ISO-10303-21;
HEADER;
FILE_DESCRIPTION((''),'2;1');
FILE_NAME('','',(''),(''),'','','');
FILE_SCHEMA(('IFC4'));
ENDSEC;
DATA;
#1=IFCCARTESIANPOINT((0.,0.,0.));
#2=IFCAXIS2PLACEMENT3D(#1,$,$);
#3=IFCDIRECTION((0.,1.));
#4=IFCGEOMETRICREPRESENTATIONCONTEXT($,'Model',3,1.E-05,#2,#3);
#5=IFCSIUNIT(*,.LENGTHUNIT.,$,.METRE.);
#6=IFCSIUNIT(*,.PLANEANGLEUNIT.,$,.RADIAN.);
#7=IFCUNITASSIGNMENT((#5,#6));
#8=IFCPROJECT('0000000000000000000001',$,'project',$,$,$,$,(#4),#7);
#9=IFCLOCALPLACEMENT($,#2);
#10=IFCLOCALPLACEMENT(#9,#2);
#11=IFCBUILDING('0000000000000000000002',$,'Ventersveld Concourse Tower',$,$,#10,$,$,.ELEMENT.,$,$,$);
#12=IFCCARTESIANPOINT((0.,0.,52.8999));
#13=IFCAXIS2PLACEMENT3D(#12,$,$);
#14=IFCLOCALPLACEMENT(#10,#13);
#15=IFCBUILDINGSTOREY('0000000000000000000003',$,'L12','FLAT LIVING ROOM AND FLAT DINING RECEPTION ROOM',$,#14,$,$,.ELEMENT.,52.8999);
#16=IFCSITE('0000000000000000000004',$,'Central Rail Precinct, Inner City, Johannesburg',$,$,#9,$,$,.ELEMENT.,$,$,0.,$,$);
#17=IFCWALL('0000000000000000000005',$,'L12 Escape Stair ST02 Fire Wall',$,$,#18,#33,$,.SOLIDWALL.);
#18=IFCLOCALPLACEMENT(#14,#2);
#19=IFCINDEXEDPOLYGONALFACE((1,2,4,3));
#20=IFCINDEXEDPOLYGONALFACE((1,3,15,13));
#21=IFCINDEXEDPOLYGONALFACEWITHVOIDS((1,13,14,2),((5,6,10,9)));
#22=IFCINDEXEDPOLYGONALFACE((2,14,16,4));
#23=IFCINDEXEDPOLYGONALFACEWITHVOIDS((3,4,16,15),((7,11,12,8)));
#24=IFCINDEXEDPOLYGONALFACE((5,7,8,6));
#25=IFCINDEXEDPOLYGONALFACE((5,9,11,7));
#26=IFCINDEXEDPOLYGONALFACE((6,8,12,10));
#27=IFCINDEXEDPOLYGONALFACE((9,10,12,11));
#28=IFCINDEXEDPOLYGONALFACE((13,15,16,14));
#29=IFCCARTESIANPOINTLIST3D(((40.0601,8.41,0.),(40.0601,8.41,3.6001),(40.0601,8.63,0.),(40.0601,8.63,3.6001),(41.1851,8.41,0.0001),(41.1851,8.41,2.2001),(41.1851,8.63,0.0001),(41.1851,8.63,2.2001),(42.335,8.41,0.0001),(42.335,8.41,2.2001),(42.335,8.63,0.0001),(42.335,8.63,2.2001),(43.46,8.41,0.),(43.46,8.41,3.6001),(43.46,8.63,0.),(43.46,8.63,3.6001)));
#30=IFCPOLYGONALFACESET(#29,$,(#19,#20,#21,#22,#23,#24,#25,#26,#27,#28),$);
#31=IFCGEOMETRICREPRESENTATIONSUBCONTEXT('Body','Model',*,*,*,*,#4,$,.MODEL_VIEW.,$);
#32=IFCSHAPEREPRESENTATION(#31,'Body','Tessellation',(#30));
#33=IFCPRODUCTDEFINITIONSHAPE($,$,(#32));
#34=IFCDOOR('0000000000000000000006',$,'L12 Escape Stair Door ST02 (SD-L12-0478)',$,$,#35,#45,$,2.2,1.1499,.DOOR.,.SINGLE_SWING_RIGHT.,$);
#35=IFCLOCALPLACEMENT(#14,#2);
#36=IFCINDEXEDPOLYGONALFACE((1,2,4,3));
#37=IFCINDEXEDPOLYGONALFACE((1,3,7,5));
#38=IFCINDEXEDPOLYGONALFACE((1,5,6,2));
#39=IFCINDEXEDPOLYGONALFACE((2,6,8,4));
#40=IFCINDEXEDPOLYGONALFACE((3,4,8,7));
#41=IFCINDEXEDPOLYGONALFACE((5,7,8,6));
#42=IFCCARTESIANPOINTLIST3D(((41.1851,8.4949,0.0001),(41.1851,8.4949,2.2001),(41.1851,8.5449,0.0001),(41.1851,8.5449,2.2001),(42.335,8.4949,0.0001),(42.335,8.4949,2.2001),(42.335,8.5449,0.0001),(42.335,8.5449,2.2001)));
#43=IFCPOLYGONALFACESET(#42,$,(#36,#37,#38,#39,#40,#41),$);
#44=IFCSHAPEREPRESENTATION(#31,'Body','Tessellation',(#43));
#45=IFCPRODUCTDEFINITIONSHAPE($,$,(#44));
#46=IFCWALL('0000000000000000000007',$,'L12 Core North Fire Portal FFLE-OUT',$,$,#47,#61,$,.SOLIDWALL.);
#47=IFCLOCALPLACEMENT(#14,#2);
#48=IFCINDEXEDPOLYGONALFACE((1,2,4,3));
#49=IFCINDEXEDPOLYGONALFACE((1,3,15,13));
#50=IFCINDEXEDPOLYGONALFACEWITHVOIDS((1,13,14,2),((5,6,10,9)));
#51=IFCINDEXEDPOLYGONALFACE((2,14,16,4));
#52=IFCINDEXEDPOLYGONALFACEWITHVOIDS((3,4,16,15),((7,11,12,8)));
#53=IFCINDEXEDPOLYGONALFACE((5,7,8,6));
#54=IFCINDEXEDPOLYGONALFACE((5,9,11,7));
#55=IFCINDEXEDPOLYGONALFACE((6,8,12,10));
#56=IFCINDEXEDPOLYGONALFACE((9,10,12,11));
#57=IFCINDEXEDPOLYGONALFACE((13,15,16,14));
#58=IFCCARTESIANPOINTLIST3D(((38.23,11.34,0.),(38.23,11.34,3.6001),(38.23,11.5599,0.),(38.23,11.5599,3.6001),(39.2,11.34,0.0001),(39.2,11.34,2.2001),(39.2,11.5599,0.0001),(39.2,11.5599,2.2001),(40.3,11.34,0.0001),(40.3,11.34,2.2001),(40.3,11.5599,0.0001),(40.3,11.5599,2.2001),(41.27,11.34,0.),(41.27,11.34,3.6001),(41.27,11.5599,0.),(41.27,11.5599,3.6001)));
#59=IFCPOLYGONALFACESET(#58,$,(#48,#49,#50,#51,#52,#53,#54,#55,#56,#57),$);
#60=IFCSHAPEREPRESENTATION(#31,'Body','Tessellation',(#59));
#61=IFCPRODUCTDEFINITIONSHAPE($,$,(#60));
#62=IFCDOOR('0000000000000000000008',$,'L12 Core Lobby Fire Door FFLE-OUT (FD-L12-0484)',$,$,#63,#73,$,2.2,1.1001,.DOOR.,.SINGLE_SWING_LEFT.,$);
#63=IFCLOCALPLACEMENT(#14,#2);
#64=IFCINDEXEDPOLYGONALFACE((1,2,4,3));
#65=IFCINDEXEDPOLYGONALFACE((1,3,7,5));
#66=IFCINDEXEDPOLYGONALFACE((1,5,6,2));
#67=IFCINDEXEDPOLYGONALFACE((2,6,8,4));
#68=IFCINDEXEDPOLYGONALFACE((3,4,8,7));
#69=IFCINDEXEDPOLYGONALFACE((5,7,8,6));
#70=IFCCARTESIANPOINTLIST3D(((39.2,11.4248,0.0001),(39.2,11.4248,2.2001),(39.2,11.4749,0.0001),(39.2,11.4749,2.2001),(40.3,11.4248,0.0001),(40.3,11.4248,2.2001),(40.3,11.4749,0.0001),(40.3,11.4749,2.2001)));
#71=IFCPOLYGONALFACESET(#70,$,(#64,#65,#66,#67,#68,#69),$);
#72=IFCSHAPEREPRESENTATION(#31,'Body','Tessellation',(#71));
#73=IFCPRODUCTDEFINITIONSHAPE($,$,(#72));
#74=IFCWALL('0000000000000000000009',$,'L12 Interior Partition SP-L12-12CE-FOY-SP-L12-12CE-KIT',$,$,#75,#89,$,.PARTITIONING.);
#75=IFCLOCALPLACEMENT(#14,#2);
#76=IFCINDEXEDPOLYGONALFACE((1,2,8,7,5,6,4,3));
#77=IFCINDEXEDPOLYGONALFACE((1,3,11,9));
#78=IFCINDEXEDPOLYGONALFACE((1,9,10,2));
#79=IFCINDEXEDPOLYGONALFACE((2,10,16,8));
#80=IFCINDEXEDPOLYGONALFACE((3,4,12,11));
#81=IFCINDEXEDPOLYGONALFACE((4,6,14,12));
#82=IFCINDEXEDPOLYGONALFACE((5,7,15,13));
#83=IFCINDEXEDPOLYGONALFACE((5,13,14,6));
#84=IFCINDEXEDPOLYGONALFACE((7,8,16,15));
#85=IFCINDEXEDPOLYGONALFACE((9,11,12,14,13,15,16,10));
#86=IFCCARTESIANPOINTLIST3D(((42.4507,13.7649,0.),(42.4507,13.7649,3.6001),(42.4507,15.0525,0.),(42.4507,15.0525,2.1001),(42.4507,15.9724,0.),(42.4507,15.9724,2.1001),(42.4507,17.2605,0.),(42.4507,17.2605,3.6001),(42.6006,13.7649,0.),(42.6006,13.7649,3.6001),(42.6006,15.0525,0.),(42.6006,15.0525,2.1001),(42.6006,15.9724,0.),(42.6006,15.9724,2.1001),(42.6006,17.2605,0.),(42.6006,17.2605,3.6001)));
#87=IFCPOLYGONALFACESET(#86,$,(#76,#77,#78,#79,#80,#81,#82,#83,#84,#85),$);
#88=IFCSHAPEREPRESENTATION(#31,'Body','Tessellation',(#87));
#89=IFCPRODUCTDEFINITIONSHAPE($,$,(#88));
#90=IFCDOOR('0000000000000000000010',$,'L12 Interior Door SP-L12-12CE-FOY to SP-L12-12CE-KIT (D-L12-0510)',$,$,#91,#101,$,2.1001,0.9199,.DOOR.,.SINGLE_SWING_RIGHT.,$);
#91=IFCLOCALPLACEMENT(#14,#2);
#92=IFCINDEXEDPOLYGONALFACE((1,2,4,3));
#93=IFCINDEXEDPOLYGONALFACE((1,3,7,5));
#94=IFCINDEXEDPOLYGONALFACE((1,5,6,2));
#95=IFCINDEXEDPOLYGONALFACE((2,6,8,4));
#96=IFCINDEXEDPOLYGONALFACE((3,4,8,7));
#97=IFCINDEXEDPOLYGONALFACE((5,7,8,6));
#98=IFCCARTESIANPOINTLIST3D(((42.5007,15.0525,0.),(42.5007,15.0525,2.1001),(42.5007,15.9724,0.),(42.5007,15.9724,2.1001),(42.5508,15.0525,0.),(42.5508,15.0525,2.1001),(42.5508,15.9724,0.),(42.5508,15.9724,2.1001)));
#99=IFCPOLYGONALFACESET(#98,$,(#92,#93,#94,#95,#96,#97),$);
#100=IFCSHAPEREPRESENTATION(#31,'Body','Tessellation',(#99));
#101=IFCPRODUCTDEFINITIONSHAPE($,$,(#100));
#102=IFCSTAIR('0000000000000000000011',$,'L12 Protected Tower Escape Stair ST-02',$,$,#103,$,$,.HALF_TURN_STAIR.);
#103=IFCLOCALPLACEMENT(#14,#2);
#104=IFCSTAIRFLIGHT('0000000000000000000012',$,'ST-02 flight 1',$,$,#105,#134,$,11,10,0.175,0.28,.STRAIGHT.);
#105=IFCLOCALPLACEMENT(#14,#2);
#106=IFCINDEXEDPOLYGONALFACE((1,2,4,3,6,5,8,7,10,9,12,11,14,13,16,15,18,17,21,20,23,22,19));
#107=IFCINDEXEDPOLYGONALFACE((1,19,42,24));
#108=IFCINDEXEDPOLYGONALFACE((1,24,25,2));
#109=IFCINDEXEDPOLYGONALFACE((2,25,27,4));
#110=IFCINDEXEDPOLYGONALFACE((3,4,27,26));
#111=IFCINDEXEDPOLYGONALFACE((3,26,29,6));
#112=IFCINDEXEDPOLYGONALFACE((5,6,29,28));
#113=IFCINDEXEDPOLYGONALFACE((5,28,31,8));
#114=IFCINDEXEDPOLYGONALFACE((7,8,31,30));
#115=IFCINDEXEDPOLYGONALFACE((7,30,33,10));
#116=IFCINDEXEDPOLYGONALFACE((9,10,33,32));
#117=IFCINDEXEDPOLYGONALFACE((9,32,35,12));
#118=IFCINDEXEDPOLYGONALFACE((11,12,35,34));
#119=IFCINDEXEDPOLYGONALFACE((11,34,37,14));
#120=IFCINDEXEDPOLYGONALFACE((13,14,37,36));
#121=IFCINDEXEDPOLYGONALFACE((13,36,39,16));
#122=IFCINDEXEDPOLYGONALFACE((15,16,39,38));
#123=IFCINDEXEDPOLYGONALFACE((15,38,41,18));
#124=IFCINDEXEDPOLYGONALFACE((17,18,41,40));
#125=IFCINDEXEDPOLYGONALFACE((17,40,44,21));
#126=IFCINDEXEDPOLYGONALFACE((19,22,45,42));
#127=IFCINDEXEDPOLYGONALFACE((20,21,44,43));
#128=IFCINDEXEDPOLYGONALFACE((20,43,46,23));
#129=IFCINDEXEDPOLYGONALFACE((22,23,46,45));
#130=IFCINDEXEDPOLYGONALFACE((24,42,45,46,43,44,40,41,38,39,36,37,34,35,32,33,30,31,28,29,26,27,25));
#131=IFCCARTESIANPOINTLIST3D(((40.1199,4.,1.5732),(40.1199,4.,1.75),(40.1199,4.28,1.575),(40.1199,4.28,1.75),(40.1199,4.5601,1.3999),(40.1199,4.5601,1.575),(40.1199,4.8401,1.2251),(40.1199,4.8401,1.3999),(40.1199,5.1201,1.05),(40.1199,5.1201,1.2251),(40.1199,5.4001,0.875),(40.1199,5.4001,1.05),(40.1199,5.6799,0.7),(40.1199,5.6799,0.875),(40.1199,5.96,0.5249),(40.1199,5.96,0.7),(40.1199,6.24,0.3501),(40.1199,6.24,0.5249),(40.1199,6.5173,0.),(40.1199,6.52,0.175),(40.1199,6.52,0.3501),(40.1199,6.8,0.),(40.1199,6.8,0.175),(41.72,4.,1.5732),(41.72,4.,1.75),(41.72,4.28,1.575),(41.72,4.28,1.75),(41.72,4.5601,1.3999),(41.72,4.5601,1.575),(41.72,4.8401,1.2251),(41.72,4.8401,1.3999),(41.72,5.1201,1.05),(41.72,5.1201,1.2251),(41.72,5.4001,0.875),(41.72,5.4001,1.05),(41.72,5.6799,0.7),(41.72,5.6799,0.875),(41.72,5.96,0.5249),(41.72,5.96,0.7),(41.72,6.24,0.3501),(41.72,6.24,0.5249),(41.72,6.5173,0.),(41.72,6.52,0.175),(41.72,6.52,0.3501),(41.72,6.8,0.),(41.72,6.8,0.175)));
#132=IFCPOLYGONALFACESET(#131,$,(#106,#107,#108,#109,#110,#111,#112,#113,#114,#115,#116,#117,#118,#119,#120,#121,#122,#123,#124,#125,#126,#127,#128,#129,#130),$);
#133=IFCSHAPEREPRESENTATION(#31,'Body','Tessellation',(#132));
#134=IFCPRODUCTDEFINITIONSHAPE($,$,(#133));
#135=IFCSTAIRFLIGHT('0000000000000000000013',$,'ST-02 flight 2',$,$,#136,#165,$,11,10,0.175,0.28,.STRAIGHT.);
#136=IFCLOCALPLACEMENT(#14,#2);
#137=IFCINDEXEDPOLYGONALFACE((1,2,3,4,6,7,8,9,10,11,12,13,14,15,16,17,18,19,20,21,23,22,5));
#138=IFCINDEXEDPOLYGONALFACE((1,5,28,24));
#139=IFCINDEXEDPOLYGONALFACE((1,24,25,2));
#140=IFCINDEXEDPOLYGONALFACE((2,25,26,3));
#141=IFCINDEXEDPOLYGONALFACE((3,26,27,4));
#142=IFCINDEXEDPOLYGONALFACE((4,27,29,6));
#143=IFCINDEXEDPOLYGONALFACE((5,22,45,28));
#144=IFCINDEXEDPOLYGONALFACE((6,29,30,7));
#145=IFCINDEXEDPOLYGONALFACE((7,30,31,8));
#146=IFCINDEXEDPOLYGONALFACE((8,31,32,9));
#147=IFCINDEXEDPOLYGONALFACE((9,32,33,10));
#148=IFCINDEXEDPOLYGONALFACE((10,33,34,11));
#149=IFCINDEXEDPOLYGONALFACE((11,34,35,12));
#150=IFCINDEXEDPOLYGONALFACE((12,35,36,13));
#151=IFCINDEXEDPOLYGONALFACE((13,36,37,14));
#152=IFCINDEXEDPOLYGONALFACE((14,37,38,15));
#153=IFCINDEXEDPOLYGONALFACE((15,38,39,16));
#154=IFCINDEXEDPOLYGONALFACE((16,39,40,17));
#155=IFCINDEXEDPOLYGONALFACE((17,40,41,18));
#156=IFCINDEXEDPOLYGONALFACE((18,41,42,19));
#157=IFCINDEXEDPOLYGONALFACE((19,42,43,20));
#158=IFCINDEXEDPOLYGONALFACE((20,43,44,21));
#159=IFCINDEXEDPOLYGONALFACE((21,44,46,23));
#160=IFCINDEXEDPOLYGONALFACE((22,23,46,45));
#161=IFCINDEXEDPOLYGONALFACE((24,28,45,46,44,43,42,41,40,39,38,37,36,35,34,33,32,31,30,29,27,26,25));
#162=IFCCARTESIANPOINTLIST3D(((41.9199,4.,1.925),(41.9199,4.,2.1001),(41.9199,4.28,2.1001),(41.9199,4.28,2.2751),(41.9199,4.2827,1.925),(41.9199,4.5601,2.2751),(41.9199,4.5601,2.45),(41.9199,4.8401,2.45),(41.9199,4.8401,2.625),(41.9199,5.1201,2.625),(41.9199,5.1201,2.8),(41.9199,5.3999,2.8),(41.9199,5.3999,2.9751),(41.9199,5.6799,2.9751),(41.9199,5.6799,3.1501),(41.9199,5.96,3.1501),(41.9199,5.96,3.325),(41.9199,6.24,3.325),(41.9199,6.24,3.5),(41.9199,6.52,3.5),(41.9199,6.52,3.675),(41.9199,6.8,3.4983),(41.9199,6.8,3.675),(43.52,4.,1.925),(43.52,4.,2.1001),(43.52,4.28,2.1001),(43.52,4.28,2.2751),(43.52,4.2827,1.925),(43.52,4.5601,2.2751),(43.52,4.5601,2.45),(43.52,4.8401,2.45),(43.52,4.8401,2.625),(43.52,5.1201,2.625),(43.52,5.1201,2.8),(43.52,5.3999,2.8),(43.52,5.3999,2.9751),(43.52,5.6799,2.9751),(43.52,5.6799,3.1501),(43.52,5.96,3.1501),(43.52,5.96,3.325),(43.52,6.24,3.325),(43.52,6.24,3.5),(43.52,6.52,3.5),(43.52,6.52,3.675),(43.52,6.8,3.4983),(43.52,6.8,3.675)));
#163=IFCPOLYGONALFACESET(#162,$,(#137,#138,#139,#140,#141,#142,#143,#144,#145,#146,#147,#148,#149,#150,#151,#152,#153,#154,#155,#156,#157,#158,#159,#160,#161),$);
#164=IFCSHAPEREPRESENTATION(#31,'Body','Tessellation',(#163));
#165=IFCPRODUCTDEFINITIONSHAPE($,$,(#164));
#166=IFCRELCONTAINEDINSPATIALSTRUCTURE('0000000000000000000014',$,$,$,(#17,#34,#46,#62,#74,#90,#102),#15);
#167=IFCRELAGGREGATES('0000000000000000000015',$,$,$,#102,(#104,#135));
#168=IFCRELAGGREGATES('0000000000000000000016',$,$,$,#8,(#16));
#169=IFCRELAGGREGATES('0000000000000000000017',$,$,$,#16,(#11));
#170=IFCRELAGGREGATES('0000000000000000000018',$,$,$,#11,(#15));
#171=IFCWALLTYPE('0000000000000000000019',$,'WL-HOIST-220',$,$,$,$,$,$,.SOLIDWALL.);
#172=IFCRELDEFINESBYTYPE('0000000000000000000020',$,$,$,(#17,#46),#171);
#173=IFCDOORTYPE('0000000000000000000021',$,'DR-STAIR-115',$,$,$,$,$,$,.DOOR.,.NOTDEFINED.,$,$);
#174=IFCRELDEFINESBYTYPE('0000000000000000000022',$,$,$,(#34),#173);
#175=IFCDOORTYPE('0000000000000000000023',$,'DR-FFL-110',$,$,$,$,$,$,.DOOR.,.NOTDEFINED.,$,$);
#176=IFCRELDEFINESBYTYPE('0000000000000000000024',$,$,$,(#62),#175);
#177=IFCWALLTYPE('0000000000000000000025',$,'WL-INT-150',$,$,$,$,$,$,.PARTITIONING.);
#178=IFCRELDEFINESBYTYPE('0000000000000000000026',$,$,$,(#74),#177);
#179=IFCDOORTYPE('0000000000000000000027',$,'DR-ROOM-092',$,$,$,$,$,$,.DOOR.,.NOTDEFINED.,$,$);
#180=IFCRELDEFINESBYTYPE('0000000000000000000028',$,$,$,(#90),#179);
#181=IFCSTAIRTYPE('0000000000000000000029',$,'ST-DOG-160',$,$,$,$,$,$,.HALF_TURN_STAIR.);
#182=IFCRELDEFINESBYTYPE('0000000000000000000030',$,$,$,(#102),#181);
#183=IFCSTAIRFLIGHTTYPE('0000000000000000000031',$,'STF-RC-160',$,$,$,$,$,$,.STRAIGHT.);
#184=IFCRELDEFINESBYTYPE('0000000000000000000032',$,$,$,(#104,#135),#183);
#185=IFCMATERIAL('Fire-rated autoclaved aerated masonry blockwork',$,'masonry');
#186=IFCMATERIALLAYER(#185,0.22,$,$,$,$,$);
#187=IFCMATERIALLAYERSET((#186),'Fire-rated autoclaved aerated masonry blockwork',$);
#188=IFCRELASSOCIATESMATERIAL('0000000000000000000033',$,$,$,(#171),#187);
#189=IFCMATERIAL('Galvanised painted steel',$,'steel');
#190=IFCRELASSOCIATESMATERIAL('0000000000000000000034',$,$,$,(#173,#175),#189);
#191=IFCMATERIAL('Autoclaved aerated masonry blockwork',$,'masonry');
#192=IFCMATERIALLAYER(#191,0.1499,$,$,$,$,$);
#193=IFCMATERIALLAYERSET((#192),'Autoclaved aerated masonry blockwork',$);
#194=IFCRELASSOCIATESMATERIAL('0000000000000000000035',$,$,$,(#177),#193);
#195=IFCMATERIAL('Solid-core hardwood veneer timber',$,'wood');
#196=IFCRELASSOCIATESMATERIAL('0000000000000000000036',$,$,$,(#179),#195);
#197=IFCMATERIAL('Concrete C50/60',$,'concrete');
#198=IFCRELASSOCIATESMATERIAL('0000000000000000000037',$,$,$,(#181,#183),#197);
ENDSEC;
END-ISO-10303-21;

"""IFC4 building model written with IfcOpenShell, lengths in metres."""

from ifc_helpers import new_model, si_unit, direction, frame, frame_2d, origin, place, context, subcontext, project, spatial, polyline, rectangle, outline, extrude, material, layer, layer_set, type_object, element, fill, aggregate, save


model = new_model("IFC4")

# Units and contexts
model_context = context("Model", 3, precision=1e-05, world=origin(), true_north=direction((0.0, 1.0)))
body_context = subcontext(model_context, "Body", "Model", "MODEL_VIEW")
ifc_project = project(units=[si_unit("LENGTHUNIT", "METRE"), si_unit("PLANEANGLEUNIT", "RADIAN")], contexts=[model_context])

# Site, building, storey
site_placement = place(None, origin())
site = spatial("IfcSite", under=ifc_project, at=site_placement, Name="Central Rail Precinct, Inner City, Johannesburg", CompositionType="ELEMENT", RefElevation=0.0)
building_placement = place(site_placement, origin())
building = spatial("IfcBuilding", under=site, at=building_placement, Name="Ventersveld Concourse Tower", CompositionType="ELEMENT")
storey_placement = place(building_placement, frame((0.0, 0.0, 52.8999)))
storey = spatial("IfcBuildingStorey", under=building, at=storey_placement, Name="L12", Description="FLAT LIVING ROOM AND FLAT DINING RECEPTION ROOM", CompositionType="ELEMENT", Elevation=52.8999)

# Shared definitions
ifc_material_1 = material(Name="Fire-rated autoclaved aerated masonry blockwork", Category="masonry")
ifc_layer_1 = layer(ifc_material_1, 0.22)
ifc_layer_set_1 = layer_set([ifc_layer_1], Name="Fire-rated autoclaved aerated masonry blockwork")
wall_type_1 = type_object("IfcWallType", Name="WL-HOIST-220", PredefinedType="SOLIDWALL", material=ifc_layer_set_1)

# Walls, openings, doors
wall_1_placement = place(storey_placement, frame((40.0601, 8.52, 0.0), z_axis=(0.0, 0.0, 1.0), x_axis=(1.0, 0.0, 0.0)))
wall_1 = element("IfcWall", 1, at=wall_1_placement, inside=storey, type_object=wall_type_1, Name="L12 Escape Stair ST02 Fire Wall", PredefinedType="SOLIDWALL", context=body_context, shape_type="SweptSolid", body=[
    extrude(rectangle(XDim=3.3999, YDim=0.22, at=frame_2d((1.7, 0.0))), origin(), (0.0, 0.0, 1.0), 3.6001),
])
opening_1_placement = place(wall_1_placement, frame((1.125, 0.0, 0.0)))
opening_1 = element("IfcOpeningElement", 2, at=opening_1_placement, cuts=wall_1, PredefinedType="OPENING", context=body_context, shape_type="SweptSolid", body=[
    extrude(rectangle(XDim=1.1499, YDim=2.2, at=frame_2d((0.575, 1.1001))), frame((0.0, 0.1201, 0.0), z_axis=(0.0, -1.0, 0.0), x_axis=(1.0, 0.0, 0.0)), (0.0, 0.0, 1.0), 0.24),
])
ifc_material_2 = material(Name="Galvanised painted steel", Category="steel")
door_type_1 = type_object("IfcDoorType", Name="DR-STAIR-115", OperationType="NOTDEFINED", PredefinedType="DOOR", material=ifc_material_2)
door_1_placement = place(opening_1_placement, origin())
door_1 = element("IfcDoor", 3, at=door_1_placement, inside=storey, type_object=door_type_1, Name="L12 Escape Stair Door ST02 (SD-L12-0478)", OperationType="SINGLE_SWING_RIGHT", OverallHeight=2.2, OverallWidth=1.1499, PredefinedType="DOOR", context=body_context, shape_type="SweptSolid", body=[
    extrude(rectangle(XDim=1.1499, YDim=2.2, at=frame_2d((0.575, 1.1001))), frame((0.0, 0.0249, 0.0), z_axis=(0.0, -1.0, 0.0), x_axis=(1.0, 0.0, 0.0)), (0.0, 0.0, 1.0), 0.05),
])
fill(opening_1, door_1)
wall_2_placement = place(storey_placement, frame((38.23, 11.45, 0.0), z_axis=(0.0, 0.0, 1.0), x_axis=(1.0, 0.0, 0.0)))
wall_2 = element("IfcWall", 4, at=wall_2_placement, inside=storey, type_object=wall_type_1, Name="L12 Core North Fire Portal FFLE-OUT", PredefinedType="SOLIDWALL", context=body_context, shape_type="SweptSolid", body=[
    extrude(rectangle(XDim=3.04, YDim=0.22, at=frame_2d((1.52, 0.0))), origin(), (0.0, 0.0, 1.0), 3.6001),
])
opening_2_placement = place(wall_2_placement, frame((0.97, 0.0, 0.0)))
opening_2 = element("IfcOpeningElement", 5, at=opening_2_placement, cuts=wall_2, PredefinedType="OPENING", context=body_context, shape_type="SweptSolid", body=[
    extrude(rectangle(XDim=1.1001, YDim=2.2, at=frame_2d((0.55, 1.1001))), frame((0.0, 0.1201, 0.0), z_axis=(0.0, -1.0, 0.0), x_axis=(1.0, 0.0, 0.0)), (0.0, 0.0, 1.0), 0.24),
])
door_type_2 = type_object("IfcDoorType", Name="DR-FFL-110", OperationType="NOTDEFINED", PredefinedType="DOOR", material=ifc_material_2)
door_2_placement = place(opening_2_placement, origin())
door_2 = element("IfcDoor", 6, at=door_2_placement, inside=storey, type_object=door_type_2, Name="L12 Core Lobby Fire Door FFLE-OUT (FD-L12-0484)", OperationType="SINGLE_SWING_LEFT", OverallHeight=2.2, OverallWidth=1.1001, PredefinedType="DOOR", context=body_context, shape_type="SweptSolid", body=[
    extrude(rectangle(XDim=1.1001, YDim=2.2, at=frame_2d((0.55, 1.1001))), frame((0.0, 0.0249, 0.0), z_axis=(0.0, -1.0, 0.0), x_axis=(1.0, 0.0, 0.0)), (0.0, 0.0, 1.0), 0.05),
])
fill(opening_2, door_2)
ifc_material_3 = material(Name="Autoclaved aerated masonry blockwork", Category="masonry")
ifc_layer_2 = layer(ifc_material_3, 0.1499)
ifc_layer_set_2 = layer_set([ifc_layer_2], Name="Autoclaved aerated masonry blockwork")
wall_type_2 = type_object("IfcWallType", Name="WL-INT-150", PredefinedType="PARTITIONING", material=ifc_layer_set_2)
wall_3_placement = place(storey_placement, frame((42.5256, 13.7649, 0.0), z_axis=(0.0, 0.0, 1.0), x_axis=(0.0, 1.0, 0.0)))
wall_3 = element("IfcWall", 7, at=wall_3_placement, inside=storey, type_object=wall_type_2, Name="L12 Interior Partition SP-L12-12CE-FOY-SP-L12-12CE-KIT", PredefinedType="PARTITIONING", context=body_context, shape_type="SweptSolid", body=[
    extrude(rectangle(XDim=3.4956, YDim=0.1499, at=frame_2d((1.7478, 0.0))), origin(), (0.0, 0.0, 1.0), 3.6001),
])
opening_3_placement = place(wall_3_placement, frame((1.2876, 0.0, 0.0)))
opening_3 = element("IfcOpeningElement", 8, at=opening_3_placement, cuts=wall_3, PredefinedType="OPENING", context=body_context, shape_type="SweptSolid", body=[
    extrude(rectangle(XDim=0.9199, YDim=2.1001, at=frame_2d((0.46, 1.05))), frame((0.0, 0.085, 0.0), z_axis=(0.0, -1.0, 0.0), x_axis=(1.0, 0.0, 0.0)), (0.0, 0.0, 1.0), 0.1699),
])
ifc_material_4 = material(Name="Solid-core hardwood veneer timber", Category="wood")
door_type_3 = type_object("IfcDoorType", Name="DR-ROOM-092", OperationType="NOTDEFINED", PredefinedType="DOOR", material=ifc_material_4)
door_3_placement = place(opening_3_placement, origin())
door_3 = element("IfcDoor", 9, at=door_3_placement, inside=storey, type_object=door_type_3, Name="L12 Interior Door SP-L12-12CE-FOY to SP-L12-12CE-KIT (D-L12-0510)", OperationType="SINGLE_SWING_RIGHT", OverallHeight=2.1001, OverallWidth=0.9199, PredefinedType="DOOR", context=body_context, shape_type="SweptSolid", body=[
    extrude(rectangle(XDim=0.9199, YDim=2.1001, at=frame_2d((0.46, 1.05))), frame((0.0, 0.0249, 0.0), z_axis=(0.0, -1.0, 0.0), x_axis=(1.0, 0.0, 0.0)), (0.0, 0.0, 1.0), 0.05),
])
fill(opening_3, door_3)

# Stair, stair flights
ifc_material_5 = material(Name="Concrete C50/60", Category="concrete")
stair_type = type_object("IfcStairType", Name="ST-DOG-160", PredefinedType="HALF_TURN_STAIR", material=ifc_material_5)
stair_placement = place(storey_placement, origin())
stair = element("IfcStair", 10, at=stair_placement, inside=storey, type_object=stair_type, Name="L12 Protected Tower Escape Stair ST-02", PredefinedType="HALF_TURN_STAIR")
stair_flight_type = type_object("IfcStairFlightType", Name="STF-RC-160", PredefinedType="STRAIGHT", material=ifc_material_5)
stair_flight_1_placement = place(storey_placement, frame((40.9199, 6.8, 0.0), z_axis=(0.0, 0.0, 1.0), x_axis=(0.0, -1.0, 0.0)))
stair_flight_1 = element("IfcStairFlight", 11, at=stair_flight_1_placement, type_object=stair_flight_type, Name="ST-02 flight 1", NumberOfRisers=11, NumberOfTreads=10, PredefinedType="STRAIGHT", RiserHeight=0.175, TreadLength=0.28, context=body_context, shape_type="SweptSolid", body=[
    extrude(outline(polyline([(0.0, 0.0), (0.0, 0.175), (0.28, 0.175), (0.28, 0.3501), (0.5601, 0.3501), (0.5601, 0.5249), (0.8401, 0.5249), (0.8401, 0.7), (1.1201, 0.7), (1.1201, 0.875), (1.3999, 0.875), (1.3999, 1.05), (1.6799, 1.05), (1.6799, 1.2251), (1.96, 1.2251), (1.96, 1.3999), (2.24, 1.3999), (2.24, 1.575), (2.52, 1.575), (2.52, 1.75), (2.8, 1.75), (2.8, 1.925), (2.8, 1.5732), (0.2827, 0.0), (0.0, 0.0)])), frame((0.0, 0.8, 0.0), z_axis=(0.0, -1.0, 0.0), x_axis=(1.0, 0.0, 0.0)), (0.0, 0.0, 1.0), 1.6001),
])
stair_flight_2_placement = place(storey_placement, frame((42.72, 4.0, 1.925), z_axis=(0.0, 0.0, 1.0), x_axis=(0.0, 1.0, 0.0)))
stair_flight_2 = element("IfcStairFlight", 12, at=stair_flight_2_placement, type_object=stair_flight_type, Name="ST-02 flight 2", NumberOfRisers=11, NumberOfTreads=10, PredefinedType="STRAIGHT", RiserHeight=0.175, TreadLength=0.28, context=body_context, shape_type="SweptSolid", body=[
    extrude(outline(polyline([(0.0, 0.0), (0.0, 0.175), (0.28, 0.175), (0.28, 0.3501), (0.5601, 0.3501), (0.5601, 0.5249), (0.8401, 0.5249), (0.8401, 0.7), (1.1201, 0.7), (1.1201, 0.875), (1.3999, 0.875), (1.3999, 1.05), (1.6799, 1.05), (1.6799, 1.2251), (1.96, 1.2251), (1.96, 1.3999), (2.24, 1.3999), (2.24, 1.575), (2.52, 1.575), (2.52, 1.75), (2.8, 1.75), (2.8, 1.925), (2.8, 1.5732), (0.2827, 0.0), (0.0, 0.0)])), frame((0.0, 0.8, 0.0), z_axis=(0.0, -1.0, 0.0), x_axis=(1.0, 0.0, 0.0)), (0.0, 0.0, 1.0), 1.6001),
])
aggregate(stair, [stair_flight_1, stair_flight_2])

save(model, "model.ifc")
